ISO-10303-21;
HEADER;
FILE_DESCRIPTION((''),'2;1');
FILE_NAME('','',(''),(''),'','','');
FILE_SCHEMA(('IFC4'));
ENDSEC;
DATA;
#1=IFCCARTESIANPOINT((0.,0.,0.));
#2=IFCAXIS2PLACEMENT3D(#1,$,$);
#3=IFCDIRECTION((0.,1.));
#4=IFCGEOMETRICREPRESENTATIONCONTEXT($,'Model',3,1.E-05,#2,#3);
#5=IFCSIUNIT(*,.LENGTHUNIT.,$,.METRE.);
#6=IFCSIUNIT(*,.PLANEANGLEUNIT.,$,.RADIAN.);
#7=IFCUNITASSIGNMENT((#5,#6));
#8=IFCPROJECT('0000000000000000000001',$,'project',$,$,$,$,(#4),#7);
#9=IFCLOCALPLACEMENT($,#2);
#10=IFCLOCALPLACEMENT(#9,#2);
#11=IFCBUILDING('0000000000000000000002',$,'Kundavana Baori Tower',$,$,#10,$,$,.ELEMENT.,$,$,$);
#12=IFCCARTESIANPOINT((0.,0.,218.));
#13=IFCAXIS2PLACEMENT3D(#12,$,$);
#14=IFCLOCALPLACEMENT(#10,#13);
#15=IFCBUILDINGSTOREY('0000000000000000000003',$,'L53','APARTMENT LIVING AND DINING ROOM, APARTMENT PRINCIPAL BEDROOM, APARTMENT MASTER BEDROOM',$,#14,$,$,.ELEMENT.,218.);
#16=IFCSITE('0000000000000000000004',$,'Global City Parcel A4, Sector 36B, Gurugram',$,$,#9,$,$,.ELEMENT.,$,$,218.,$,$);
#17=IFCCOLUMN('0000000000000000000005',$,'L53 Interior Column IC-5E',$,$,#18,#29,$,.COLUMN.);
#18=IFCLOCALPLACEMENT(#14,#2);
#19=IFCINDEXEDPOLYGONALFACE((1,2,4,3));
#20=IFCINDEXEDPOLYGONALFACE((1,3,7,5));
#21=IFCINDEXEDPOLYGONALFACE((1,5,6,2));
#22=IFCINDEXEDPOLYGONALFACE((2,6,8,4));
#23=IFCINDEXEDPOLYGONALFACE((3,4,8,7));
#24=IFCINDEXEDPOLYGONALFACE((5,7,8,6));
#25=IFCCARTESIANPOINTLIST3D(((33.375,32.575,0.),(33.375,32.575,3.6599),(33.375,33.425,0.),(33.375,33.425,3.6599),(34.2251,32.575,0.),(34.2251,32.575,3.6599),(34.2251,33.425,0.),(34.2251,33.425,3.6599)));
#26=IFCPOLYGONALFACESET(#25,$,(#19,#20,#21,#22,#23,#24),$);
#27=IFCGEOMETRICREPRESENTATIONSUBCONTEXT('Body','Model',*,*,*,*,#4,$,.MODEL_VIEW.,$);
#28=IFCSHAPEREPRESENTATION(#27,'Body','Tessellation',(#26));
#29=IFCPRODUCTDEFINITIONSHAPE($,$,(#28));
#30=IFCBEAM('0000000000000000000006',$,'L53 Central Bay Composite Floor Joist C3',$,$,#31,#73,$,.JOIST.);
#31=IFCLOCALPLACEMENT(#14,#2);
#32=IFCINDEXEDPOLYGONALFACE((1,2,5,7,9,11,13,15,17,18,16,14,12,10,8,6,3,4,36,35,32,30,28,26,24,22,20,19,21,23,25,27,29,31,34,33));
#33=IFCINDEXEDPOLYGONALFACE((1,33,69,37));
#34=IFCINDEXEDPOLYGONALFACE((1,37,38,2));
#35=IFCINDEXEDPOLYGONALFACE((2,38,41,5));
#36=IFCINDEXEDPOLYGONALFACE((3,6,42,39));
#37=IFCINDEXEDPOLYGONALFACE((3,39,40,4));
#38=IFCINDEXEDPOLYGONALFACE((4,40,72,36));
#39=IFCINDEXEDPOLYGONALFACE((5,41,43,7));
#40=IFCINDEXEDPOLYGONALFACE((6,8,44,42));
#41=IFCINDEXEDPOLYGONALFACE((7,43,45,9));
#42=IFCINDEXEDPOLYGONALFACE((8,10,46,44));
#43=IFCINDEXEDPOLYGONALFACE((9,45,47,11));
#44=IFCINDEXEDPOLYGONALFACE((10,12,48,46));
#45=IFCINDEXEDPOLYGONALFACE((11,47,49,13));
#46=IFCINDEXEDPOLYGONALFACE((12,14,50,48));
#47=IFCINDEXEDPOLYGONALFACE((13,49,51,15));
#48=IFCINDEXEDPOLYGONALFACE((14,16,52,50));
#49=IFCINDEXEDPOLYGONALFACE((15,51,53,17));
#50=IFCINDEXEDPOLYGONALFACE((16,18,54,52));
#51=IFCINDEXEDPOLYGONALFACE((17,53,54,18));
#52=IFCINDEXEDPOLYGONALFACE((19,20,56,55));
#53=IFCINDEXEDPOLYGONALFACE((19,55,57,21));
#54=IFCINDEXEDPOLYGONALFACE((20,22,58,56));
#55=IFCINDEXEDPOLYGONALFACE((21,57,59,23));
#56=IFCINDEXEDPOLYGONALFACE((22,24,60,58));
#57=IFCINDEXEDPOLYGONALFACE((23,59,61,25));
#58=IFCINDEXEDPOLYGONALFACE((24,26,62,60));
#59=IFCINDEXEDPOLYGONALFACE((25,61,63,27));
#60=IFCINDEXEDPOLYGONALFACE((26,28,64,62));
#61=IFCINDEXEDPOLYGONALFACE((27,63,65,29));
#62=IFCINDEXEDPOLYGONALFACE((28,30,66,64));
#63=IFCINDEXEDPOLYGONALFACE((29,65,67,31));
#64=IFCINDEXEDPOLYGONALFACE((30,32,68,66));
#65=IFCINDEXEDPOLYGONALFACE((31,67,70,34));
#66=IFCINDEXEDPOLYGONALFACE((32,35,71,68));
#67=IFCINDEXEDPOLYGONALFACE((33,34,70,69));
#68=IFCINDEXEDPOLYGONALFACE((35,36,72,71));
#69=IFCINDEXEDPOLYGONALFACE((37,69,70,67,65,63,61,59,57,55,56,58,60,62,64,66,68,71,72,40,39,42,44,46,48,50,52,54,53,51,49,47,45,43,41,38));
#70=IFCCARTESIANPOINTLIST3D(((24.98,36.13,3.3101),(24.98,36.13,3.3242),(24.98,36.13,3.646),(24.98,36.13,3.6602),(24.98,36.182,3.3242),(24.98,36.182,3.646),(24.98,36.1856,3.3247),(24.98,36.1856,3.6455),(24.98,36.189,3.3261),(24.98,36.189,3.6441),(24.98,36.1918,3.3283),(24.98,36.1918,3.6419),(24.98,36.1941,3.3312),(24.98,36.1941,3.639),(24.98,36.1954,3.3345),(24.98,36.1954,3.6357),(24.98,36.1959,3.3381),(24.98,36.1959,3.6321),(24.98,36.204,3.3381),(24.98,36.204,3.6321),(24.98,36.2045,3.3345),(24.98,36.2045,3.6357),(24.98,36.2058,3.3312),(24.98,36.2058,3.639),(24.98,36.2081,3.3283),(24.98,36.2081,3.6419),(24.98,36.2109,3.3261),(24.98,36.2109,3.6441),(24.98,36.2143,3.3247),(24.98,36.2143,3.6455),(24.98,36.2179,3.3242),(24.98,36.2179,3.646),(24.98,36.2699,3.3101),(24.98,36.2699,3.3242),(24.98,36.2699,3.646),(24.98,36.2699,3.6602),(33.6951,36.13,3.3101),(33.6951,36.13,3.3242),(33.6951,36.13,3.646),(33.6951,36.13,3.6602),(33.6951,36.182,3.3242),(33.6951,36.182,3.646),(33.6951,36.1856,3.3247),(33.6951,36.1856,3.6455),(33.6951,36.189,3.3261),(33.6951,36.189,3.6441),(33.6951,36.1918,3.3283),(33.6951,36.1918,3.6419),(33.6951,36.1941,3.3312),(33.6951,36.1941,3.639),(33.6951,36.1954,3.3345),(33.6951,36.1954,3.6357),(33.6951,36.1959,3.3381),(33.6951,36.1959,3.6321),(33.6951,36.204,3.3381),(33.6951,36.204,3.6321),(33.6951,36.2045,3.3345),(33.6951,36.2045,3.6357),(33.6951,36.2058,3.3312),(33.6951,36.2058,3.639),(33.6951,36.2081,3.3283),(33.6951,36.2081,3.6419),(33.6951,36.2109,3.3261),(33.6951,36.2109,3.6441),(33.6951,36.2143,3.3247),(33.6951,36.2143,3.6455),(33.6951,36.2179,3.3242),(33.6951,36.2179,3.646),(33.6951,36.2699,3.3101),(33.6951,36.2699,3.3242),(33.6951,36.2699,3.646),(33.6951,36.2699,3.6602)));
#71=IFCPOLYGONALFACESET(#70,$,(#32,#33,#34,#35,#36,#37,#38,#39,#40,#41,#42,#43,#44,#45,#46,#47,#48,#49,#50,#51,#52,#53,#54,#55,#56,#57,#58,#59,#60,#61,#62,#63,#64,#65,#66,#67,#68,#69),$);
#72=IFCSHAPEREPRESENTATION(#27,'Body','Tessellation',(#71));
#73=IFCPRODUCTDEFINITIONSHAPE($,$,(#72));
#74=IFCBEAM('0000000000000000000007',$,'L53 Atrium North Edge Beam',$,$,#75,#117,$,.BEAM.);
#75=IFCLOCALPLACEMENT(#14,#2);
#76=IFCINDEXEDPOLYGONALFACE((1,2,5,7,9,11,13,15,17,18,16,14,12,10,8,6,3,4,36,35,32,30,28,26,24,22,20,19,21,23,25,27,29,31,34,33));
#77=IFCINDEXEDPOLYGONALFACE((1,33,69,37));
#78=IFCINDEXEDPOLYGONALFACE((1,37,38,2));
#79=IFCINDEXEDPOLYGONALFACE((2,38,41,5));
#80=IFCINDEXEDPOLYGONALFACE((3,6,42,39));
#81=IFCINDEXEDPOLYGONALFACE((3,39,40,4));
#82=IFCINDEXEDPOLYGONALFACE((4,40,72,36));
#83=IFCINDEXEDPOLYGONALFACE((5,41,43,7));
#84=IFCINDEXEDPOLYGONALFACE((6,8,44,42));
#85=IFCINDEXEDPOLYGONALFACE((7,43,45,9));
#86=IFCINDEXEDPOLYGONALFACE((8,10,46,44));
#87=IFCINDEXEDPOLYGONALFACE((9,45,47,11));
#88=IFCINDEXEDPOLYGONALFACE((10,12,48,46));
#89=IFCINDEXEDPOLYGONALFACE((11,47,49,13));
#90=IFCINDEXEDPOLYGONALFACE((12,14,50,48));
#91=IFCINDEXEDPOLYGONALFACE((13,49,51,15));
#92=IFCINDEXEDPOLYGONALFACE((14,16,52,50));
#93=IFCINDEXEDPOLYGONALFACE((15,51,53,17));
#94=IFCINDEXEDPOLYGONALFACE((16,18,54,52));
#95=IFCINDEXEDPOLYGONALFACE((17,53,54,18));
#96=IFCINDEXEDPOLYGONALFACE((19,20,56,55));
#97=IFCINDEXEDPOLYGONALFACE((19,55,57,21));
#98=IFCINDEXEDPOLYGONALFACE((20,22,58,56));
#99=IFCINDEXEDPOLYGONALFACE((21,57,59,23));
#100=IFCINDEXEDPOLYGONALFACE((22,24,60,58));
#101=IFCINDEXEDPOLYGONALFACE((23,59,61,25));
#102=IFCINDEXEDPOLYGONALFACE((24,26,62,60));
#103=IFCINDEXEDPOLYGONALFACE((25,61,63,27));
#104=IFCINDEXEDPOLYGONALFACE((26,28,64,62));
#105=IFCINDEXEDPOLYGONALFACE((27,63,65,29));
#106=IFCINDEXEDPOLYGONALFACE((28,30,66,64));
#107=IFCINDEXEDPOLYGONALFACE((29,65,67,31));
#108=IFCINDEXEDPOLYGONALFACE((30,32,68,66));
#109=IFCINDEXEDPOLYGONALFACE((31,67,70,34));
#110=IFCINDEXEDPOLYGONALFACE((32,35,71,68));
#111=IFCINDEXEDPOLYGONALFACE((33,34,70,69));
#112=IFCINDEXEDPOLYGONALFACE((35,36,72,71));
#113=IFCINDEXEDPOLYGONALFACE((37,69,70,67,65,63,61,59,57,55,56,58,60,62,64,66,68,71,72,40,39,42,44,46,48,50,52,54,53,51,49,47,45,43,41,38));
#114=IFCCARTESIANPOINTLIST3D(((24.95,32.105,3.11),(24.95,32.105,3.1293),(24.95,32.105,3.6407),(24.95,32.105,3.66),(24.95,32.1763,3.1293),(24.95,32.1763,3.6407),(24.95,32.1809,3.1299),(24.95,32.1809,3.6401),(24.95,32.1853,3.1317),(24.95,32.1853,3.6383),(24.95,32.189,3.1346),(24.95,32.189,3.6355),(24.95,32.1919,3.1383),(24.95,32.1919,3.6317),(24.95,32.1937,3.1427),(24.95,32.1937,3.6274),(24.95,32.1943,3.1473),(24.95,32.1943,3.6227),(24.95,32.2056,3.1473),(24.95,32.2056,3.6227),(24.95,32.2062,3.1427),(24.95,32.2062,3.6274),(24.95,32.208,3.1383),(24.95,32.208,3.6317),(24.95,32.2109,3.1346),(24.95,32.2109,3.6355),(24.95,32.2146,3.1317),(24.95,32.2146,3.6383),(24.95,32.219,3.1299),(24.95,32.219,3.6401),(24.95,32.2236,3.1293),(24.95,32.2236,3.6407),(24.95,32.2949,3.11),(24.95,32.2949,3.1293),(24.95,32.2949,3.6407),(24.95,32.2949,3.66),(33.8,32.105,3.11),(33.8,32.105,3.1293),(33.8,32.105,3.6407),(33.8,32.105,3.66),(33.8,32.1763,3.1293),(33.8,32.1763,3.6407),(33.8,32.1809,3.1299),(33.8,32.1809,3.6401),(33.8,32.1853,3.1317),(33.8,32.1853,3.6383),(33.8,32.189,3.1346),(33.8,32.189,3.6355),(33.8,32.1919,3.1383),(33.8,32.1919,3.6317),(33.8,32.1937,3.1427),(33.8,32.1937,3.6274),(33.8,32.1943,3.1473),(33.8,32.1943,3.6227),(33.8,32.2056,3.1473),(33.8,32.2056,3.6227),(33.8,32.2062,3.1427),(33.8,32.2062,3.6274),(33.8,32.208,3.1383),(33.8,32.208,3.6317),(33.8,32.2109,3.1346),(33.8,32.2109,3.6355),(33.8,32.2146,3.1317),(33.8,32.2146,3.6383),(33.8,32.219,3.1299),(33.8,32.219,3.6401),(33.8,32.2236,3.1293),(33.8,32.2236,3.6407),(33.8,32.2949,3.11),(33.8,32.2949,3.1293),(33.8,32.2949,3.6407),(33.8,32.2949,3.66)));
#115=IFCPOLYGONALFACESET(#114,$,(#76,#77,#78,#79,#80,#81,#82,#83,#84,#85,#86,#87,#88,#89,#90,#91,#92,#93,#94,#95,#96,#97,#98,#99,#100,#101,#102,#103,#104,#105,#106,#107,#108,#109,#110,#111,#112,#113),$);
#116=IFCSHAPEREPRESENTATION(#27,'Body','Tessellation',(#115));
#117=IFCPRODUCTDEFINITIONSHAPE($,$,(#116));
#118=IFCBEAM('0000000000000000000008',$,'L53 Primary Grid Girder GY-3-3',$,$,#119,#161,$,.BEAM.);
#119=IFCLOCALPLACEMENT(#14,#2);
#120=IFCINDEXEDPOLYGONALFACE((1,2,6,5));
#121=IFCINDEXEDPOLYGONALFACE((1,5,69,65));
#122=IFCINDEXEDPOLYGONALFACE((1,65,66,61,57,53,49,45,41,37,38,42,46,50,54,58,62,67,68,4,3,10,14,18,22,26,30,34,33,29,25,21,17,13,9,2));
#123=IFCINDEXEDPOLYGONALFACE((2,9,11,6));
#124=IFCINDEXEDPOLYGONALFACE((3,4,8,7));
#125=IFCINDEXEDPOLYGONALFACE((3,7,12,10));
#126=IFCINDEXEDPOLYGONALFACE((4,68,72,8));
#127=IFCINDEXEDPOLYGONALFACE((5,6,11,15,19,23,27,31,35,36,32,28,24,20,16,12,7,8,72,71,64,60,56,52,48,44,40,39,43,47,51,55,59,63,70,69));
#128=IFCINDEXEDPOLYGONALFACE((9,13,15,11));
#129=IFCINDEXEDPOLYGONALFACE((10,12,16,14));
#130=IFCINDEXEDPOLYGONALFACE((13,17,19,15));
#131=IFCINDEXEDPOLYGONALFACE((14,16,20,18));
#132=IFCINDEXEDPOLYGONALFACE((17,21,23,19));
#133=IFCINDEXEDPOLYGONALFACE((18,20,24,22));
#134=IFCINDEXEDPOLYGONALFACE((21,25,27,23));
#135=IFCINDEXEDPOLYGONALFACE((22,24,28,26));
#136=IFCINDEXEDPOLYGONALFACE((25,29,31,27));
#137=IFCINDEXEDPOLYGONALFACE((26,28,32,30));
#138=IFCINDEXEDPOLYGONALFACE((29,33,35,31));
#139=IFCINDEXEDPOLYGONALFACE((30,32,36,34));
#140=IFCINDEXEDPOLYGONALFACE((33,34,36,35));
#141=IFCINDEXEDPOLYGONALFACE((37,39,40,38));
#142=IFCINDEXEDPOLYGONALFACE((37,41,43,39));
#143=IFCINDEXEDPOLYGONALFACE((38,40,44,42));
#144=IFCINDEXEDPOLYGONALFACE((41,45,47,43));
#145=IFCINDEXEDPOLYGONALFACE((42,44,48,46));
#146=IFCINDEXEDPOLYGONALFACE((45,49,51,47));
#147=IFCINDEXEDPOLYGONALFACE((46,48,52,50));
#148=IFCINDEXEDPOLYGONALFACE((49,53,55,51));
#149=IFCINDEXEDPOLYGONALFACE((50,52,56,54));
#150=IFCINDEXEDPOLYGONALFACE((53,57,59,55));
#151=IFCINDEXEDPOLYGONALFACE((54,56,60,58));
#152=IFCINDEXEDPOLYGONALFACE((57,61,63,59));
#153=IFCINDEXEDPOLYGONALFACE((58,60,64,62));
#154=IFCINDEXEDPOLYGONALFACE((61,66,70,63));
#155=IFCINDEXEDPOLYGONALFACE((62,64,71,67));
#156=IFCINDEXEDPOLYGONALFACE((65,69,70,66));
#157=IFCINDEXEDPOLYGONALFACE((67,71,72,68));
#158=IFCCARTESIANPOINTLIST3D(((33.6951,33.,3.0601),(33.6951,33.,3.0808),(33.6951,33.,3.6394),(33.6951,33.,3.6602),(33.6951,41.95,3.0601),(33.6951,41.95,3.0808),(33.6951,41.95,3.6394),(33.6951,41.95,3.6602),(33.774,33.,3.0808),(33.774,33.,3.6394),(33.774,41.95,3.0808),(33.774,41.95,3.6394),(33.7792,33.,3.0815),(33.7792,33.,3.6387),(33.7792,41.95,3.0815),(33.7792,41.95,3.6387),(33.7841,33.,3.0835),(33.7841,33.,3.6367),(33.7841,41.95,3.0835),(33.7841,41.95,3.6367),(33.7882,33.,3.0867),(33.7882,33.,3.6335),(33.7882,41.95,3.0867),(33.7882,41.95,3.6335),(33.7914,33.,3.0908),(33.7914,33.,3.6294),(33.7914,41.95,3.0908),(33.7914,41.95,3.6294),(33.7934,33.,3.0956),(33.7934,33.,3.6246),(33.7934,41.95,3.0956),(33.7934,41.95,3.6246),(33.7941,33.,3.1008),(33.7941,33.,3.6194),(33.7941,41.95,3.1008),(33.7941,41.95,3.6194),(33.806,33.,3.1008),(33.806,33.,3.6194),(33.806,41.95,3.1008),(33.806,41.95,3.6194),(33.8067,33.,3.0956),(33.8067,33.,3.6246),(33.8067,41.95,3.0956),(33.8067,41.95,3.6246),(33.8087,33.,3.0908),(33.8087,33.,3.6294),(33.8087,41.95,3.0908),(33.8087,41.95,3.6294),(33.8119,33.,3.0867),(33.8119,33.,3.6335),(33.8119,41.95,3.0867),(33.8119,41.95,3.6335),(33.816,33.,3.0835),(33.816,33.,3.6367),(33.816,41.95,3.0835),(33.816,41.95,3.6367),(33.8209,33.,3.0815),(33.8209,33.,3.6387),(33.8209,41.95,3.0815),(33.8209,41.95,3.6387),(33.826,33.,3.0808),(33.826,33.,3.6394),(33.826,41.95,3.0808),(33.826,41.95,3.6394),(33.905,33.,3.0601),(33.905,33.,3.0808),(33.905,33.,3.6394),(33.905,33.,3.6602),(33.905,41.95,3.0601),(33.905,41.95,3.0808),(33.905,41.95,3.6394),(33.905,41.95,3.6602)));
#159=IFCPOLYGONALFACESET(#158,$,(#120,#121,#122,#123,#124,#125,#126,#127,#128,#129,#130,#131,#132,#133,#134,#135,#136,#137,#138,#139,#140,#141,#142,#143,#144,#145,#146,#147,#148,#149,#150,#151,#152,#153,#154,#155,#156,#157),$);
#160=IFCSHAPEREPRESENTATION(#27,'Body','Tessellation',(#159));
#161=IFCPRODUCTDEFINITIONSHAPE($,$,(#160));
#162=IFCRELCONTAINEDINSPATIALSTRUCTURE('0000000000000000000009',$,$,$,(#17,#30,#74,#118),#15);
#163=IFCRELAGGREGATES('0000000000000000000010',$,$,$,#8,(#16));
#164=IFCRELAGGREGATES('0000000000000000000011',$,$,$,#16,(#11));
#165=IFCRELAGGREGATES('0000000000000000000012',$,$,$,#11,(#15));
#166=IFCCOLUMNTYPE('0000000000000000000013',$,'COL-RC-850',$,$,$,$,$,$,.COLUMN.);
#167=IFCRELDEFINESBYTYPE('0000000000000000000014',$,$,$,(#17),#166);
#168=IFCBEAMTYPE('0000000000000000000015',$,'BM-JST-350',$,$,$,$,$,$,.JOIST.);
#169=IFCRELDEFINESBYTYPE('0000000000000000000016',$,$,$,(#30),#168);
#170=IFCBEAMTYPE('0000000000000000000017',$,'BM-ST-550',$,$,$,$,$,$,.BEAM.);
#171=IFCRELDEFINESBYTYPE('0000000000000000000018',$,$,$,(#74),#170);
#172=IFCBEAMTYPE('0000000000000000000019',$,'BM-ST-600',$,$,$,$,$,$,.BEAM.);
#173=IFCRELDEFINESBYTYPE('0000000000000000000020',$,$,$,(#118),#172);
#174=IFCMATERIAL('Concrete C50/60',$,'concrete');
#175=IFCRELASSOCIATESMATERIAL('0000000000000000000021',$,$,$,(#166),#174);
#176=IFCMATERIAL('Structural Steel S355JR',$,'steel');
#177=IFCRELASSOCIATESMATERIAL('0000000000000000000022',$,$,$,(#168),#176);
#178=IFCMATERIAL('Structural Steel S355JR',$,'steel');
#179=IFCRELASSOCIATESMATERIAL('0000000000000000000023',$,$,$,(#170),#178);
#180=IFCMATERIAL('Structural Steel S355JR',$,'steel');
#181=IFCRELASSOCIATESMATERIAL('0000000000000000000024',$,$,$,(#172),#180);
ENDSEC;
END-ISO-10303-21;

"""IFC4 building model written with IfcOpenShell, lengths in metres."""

from ifc_helpers import new_model, si_unit, direction, frame, origin, origin_2d, place, context, subcontext, project, spatial, rectangle, i_section, extrude, material, material_profile, profile_set, type_object, element, save


model = new_model("IFC4")

# Units and contexts
model_context = context("Model", 3, precision=1e-05, world=origin(), true_north=direction((0.0, 1.0)))
body_context = subcontext(model_context, "Body", "Model", "MODEL_VIEW")
ifc_project = project(units=[si_unit("LENGTHUNIT", "METRE"), si_unit("PLANEANGLEUNIT", "RADIAN")], contexts=[model_context])

# Site, building, storey
site_placement = place(None, origin())
site = spatial("IfcSite", under=ifc_project, at=site_placement, Name="Global City Parcel A4, Sector 36B, Gurugram", CompositionType="ELEMENT", RefElevation=218.0)
building_placement = place(site_placement, origin())
building = spatial("IfcBuilding", under=site, at=building_placement, Name="Kundavana Baori Tower", CompositionType="ELEMENT")
storey_placement = place(building_placement, frame((0.0, 0.0, 218.0)))
storey = spatial("IfcBuildingStorey", under=building, at=storey_placement, Name="L53", Description="APARTMENT LIVING AND DINING ROOM, APARTMENT PRINCIPAL BEDROOM, APARTMENT MASTER BEDROOM", CompositionType="ELEMENT", Elevation=218.0)

# Column
ifc_material_1 = material(Name="Concrete C50/60", Category="concrete")
ifc_material_profile_1 = material_profile(ifc_material_1, rectangle(XDim=0.8501, YDim=0.8501, at=origin_2d()), Name="RC 850x850")
ifc_profile_set_1 = profile_set([ifc_material_profile_1], Name="Concrete C50/60")
column_type = type_object("IfcColumnType", Name="COL-RC-850", PredefinedType="COLUMN", material=ifc_profile_set_1)
column_placement = place(storey_placement, frame((33.8, 33.0, 0.0), z_axis=(0.0, 0.0, 1.0), x_axis=(1.0, 0.0, 0.0)))
element("IfcColumn", 1, at=column_placement, inside=storey, type_object=column_type, Name="L53 Interior Column IC-5E", PredefinedType="COLUMN", context=body_context, shape_type="SweptSolid", body=[
    extrude(rectangle(XDim=0.8501, YDim=0.8501, at=origin_2d()), origin(), (0.0, 0.0, 1.0), 3.6599),
])

# Beams
ifc_material_2 = material(Name="Structural Steel S355JR", Category="steel")
ifc_material_profile_2 = material_profile(ifc_material_2, i_section(OverallWidth=0.1399, OverallDepth=0.3501, WebThickness=0.0081, FlangeThickness=0.0142, FilletRadius=0.0139, at=origin_2d()), Name="ISMB 350")
ifc_profile_set_2 = profile_set([ifc_material_profile_2], Name="Structural Steel S355JR")
beam_type_1 = type_object("IfcBeamType", Name="BM-JST-350", PredefinedType="JOIST", material=ifc_profile_set_2)
beam_1_placement = place(storey_placement, frame((24.98, 36.2, 3.4851), z_axis=(1.0, 0.0, 0.0), x_axis=(0.0, 1.0, 0.0)))
element("IfcBeam", 2, at=beam_1_placement, inside=storey, type_object=beam_type_1, Name="L53 Central Bay Composite Floor Joist C3", PredefinedType="JOIST", context=body_context, shape_type="SweptSolid", body=[
    extrude(i_section(OverallWidth=0.1399, OverallDepth=0.3501, WebThickness=0.0081, FlangeThickness=0.0142, FilletRadius=0.0139, at=origin_2d()), origin(), (0.0, 0.0, 1.0), 8.7151),
])
ifc_material_3 = material(Name="Structural Steel S355JR", Category="steel")
ifc_material_profile_3 = material_profile(ifc_material_3, i_section(OverallWidth=0.1899, OverallDepth=0.55, WebThickness=0.0112, FlangeThickness=0.0193, FilletRadius=0.0181, at=origin_2d()), Name="ISMB 550")
ifc_profile_set_3 = profile_set([ifc_material_profile_3], Name="Structural Steel S355JR")
beam_type_2 = type_object("IfcBeamType", Name="BM-ST-550", PredefinedType="BEAM", material=ifc_profile_set_3)
beam_2_placement = place(storey_placement, frame((24.95, 32.2, 3.385), z_axis=(1.0, 0.0, 0.0), x_axis=(0.0, 1.0, 0.0)))
element("IfcBeam", 3, at=beam_2_placement, inside=storey, type_object=beam_type_2, Name="L53 Atrium North Edge Beam", PredefinedType="BEAM", context=body_context, shape_type="SweptSolid", body=[
    extrude(i_section(OverallWidth=0.1899, OverallDepth=0.55, WebThickness=0.0112, FlangeThickness=0.0193, FilletRadius=0.0181, at=origin_2d()), origin(), (0.0, 0.0, 1.0), 8.8501),
])
ifc_material_4 = material(Name="Structural Steel S355JR", Category="steel")
ifc_material_profile_4 = material_profile(ifc_material_4, i_section(OverallWidth=0.21, OverallDepth=0.6001, WebThickness=0.012, FlangeThickness=0.0208, FilletRadius=0.02, at=origin_2d()), Name="ISMB 600")
ifc_profile_set_4 = profile_set([ifc_material_profile_4], Name="Structural Steel S355JR")
beam_type_3 = type_object("IfcBeamType", Name="BM-ST-600", PredefinedType="BEAM", material=ifc_profile_set_4)
beam_3_placement = place(storey_placement, frame((33.8, 33.0, 3.3601), z_axis=(0.0, 1.0, 0.0), x_axis=(-1.0, 0.0, 0.0)))
element("IfcBeam", 4, at=beam_3_placement, inside=storey, type_object=beam_type_3, Name="L53 Primary Grid Girder GY-3-3", PredefinedType="BEAM", context=body_context, shape_type="SweptSolid", body=[
    extrude(i_section(OverallWidth=0.21, OverallDepth=0.6001, WebThickness=0.012, FlangeThickness=0.0208, FilletRadius=0.02, at=origin_2d()), origin(), (0.0, 0.0, 1.0), 8.95),
])

save(model, "model.ifc")
